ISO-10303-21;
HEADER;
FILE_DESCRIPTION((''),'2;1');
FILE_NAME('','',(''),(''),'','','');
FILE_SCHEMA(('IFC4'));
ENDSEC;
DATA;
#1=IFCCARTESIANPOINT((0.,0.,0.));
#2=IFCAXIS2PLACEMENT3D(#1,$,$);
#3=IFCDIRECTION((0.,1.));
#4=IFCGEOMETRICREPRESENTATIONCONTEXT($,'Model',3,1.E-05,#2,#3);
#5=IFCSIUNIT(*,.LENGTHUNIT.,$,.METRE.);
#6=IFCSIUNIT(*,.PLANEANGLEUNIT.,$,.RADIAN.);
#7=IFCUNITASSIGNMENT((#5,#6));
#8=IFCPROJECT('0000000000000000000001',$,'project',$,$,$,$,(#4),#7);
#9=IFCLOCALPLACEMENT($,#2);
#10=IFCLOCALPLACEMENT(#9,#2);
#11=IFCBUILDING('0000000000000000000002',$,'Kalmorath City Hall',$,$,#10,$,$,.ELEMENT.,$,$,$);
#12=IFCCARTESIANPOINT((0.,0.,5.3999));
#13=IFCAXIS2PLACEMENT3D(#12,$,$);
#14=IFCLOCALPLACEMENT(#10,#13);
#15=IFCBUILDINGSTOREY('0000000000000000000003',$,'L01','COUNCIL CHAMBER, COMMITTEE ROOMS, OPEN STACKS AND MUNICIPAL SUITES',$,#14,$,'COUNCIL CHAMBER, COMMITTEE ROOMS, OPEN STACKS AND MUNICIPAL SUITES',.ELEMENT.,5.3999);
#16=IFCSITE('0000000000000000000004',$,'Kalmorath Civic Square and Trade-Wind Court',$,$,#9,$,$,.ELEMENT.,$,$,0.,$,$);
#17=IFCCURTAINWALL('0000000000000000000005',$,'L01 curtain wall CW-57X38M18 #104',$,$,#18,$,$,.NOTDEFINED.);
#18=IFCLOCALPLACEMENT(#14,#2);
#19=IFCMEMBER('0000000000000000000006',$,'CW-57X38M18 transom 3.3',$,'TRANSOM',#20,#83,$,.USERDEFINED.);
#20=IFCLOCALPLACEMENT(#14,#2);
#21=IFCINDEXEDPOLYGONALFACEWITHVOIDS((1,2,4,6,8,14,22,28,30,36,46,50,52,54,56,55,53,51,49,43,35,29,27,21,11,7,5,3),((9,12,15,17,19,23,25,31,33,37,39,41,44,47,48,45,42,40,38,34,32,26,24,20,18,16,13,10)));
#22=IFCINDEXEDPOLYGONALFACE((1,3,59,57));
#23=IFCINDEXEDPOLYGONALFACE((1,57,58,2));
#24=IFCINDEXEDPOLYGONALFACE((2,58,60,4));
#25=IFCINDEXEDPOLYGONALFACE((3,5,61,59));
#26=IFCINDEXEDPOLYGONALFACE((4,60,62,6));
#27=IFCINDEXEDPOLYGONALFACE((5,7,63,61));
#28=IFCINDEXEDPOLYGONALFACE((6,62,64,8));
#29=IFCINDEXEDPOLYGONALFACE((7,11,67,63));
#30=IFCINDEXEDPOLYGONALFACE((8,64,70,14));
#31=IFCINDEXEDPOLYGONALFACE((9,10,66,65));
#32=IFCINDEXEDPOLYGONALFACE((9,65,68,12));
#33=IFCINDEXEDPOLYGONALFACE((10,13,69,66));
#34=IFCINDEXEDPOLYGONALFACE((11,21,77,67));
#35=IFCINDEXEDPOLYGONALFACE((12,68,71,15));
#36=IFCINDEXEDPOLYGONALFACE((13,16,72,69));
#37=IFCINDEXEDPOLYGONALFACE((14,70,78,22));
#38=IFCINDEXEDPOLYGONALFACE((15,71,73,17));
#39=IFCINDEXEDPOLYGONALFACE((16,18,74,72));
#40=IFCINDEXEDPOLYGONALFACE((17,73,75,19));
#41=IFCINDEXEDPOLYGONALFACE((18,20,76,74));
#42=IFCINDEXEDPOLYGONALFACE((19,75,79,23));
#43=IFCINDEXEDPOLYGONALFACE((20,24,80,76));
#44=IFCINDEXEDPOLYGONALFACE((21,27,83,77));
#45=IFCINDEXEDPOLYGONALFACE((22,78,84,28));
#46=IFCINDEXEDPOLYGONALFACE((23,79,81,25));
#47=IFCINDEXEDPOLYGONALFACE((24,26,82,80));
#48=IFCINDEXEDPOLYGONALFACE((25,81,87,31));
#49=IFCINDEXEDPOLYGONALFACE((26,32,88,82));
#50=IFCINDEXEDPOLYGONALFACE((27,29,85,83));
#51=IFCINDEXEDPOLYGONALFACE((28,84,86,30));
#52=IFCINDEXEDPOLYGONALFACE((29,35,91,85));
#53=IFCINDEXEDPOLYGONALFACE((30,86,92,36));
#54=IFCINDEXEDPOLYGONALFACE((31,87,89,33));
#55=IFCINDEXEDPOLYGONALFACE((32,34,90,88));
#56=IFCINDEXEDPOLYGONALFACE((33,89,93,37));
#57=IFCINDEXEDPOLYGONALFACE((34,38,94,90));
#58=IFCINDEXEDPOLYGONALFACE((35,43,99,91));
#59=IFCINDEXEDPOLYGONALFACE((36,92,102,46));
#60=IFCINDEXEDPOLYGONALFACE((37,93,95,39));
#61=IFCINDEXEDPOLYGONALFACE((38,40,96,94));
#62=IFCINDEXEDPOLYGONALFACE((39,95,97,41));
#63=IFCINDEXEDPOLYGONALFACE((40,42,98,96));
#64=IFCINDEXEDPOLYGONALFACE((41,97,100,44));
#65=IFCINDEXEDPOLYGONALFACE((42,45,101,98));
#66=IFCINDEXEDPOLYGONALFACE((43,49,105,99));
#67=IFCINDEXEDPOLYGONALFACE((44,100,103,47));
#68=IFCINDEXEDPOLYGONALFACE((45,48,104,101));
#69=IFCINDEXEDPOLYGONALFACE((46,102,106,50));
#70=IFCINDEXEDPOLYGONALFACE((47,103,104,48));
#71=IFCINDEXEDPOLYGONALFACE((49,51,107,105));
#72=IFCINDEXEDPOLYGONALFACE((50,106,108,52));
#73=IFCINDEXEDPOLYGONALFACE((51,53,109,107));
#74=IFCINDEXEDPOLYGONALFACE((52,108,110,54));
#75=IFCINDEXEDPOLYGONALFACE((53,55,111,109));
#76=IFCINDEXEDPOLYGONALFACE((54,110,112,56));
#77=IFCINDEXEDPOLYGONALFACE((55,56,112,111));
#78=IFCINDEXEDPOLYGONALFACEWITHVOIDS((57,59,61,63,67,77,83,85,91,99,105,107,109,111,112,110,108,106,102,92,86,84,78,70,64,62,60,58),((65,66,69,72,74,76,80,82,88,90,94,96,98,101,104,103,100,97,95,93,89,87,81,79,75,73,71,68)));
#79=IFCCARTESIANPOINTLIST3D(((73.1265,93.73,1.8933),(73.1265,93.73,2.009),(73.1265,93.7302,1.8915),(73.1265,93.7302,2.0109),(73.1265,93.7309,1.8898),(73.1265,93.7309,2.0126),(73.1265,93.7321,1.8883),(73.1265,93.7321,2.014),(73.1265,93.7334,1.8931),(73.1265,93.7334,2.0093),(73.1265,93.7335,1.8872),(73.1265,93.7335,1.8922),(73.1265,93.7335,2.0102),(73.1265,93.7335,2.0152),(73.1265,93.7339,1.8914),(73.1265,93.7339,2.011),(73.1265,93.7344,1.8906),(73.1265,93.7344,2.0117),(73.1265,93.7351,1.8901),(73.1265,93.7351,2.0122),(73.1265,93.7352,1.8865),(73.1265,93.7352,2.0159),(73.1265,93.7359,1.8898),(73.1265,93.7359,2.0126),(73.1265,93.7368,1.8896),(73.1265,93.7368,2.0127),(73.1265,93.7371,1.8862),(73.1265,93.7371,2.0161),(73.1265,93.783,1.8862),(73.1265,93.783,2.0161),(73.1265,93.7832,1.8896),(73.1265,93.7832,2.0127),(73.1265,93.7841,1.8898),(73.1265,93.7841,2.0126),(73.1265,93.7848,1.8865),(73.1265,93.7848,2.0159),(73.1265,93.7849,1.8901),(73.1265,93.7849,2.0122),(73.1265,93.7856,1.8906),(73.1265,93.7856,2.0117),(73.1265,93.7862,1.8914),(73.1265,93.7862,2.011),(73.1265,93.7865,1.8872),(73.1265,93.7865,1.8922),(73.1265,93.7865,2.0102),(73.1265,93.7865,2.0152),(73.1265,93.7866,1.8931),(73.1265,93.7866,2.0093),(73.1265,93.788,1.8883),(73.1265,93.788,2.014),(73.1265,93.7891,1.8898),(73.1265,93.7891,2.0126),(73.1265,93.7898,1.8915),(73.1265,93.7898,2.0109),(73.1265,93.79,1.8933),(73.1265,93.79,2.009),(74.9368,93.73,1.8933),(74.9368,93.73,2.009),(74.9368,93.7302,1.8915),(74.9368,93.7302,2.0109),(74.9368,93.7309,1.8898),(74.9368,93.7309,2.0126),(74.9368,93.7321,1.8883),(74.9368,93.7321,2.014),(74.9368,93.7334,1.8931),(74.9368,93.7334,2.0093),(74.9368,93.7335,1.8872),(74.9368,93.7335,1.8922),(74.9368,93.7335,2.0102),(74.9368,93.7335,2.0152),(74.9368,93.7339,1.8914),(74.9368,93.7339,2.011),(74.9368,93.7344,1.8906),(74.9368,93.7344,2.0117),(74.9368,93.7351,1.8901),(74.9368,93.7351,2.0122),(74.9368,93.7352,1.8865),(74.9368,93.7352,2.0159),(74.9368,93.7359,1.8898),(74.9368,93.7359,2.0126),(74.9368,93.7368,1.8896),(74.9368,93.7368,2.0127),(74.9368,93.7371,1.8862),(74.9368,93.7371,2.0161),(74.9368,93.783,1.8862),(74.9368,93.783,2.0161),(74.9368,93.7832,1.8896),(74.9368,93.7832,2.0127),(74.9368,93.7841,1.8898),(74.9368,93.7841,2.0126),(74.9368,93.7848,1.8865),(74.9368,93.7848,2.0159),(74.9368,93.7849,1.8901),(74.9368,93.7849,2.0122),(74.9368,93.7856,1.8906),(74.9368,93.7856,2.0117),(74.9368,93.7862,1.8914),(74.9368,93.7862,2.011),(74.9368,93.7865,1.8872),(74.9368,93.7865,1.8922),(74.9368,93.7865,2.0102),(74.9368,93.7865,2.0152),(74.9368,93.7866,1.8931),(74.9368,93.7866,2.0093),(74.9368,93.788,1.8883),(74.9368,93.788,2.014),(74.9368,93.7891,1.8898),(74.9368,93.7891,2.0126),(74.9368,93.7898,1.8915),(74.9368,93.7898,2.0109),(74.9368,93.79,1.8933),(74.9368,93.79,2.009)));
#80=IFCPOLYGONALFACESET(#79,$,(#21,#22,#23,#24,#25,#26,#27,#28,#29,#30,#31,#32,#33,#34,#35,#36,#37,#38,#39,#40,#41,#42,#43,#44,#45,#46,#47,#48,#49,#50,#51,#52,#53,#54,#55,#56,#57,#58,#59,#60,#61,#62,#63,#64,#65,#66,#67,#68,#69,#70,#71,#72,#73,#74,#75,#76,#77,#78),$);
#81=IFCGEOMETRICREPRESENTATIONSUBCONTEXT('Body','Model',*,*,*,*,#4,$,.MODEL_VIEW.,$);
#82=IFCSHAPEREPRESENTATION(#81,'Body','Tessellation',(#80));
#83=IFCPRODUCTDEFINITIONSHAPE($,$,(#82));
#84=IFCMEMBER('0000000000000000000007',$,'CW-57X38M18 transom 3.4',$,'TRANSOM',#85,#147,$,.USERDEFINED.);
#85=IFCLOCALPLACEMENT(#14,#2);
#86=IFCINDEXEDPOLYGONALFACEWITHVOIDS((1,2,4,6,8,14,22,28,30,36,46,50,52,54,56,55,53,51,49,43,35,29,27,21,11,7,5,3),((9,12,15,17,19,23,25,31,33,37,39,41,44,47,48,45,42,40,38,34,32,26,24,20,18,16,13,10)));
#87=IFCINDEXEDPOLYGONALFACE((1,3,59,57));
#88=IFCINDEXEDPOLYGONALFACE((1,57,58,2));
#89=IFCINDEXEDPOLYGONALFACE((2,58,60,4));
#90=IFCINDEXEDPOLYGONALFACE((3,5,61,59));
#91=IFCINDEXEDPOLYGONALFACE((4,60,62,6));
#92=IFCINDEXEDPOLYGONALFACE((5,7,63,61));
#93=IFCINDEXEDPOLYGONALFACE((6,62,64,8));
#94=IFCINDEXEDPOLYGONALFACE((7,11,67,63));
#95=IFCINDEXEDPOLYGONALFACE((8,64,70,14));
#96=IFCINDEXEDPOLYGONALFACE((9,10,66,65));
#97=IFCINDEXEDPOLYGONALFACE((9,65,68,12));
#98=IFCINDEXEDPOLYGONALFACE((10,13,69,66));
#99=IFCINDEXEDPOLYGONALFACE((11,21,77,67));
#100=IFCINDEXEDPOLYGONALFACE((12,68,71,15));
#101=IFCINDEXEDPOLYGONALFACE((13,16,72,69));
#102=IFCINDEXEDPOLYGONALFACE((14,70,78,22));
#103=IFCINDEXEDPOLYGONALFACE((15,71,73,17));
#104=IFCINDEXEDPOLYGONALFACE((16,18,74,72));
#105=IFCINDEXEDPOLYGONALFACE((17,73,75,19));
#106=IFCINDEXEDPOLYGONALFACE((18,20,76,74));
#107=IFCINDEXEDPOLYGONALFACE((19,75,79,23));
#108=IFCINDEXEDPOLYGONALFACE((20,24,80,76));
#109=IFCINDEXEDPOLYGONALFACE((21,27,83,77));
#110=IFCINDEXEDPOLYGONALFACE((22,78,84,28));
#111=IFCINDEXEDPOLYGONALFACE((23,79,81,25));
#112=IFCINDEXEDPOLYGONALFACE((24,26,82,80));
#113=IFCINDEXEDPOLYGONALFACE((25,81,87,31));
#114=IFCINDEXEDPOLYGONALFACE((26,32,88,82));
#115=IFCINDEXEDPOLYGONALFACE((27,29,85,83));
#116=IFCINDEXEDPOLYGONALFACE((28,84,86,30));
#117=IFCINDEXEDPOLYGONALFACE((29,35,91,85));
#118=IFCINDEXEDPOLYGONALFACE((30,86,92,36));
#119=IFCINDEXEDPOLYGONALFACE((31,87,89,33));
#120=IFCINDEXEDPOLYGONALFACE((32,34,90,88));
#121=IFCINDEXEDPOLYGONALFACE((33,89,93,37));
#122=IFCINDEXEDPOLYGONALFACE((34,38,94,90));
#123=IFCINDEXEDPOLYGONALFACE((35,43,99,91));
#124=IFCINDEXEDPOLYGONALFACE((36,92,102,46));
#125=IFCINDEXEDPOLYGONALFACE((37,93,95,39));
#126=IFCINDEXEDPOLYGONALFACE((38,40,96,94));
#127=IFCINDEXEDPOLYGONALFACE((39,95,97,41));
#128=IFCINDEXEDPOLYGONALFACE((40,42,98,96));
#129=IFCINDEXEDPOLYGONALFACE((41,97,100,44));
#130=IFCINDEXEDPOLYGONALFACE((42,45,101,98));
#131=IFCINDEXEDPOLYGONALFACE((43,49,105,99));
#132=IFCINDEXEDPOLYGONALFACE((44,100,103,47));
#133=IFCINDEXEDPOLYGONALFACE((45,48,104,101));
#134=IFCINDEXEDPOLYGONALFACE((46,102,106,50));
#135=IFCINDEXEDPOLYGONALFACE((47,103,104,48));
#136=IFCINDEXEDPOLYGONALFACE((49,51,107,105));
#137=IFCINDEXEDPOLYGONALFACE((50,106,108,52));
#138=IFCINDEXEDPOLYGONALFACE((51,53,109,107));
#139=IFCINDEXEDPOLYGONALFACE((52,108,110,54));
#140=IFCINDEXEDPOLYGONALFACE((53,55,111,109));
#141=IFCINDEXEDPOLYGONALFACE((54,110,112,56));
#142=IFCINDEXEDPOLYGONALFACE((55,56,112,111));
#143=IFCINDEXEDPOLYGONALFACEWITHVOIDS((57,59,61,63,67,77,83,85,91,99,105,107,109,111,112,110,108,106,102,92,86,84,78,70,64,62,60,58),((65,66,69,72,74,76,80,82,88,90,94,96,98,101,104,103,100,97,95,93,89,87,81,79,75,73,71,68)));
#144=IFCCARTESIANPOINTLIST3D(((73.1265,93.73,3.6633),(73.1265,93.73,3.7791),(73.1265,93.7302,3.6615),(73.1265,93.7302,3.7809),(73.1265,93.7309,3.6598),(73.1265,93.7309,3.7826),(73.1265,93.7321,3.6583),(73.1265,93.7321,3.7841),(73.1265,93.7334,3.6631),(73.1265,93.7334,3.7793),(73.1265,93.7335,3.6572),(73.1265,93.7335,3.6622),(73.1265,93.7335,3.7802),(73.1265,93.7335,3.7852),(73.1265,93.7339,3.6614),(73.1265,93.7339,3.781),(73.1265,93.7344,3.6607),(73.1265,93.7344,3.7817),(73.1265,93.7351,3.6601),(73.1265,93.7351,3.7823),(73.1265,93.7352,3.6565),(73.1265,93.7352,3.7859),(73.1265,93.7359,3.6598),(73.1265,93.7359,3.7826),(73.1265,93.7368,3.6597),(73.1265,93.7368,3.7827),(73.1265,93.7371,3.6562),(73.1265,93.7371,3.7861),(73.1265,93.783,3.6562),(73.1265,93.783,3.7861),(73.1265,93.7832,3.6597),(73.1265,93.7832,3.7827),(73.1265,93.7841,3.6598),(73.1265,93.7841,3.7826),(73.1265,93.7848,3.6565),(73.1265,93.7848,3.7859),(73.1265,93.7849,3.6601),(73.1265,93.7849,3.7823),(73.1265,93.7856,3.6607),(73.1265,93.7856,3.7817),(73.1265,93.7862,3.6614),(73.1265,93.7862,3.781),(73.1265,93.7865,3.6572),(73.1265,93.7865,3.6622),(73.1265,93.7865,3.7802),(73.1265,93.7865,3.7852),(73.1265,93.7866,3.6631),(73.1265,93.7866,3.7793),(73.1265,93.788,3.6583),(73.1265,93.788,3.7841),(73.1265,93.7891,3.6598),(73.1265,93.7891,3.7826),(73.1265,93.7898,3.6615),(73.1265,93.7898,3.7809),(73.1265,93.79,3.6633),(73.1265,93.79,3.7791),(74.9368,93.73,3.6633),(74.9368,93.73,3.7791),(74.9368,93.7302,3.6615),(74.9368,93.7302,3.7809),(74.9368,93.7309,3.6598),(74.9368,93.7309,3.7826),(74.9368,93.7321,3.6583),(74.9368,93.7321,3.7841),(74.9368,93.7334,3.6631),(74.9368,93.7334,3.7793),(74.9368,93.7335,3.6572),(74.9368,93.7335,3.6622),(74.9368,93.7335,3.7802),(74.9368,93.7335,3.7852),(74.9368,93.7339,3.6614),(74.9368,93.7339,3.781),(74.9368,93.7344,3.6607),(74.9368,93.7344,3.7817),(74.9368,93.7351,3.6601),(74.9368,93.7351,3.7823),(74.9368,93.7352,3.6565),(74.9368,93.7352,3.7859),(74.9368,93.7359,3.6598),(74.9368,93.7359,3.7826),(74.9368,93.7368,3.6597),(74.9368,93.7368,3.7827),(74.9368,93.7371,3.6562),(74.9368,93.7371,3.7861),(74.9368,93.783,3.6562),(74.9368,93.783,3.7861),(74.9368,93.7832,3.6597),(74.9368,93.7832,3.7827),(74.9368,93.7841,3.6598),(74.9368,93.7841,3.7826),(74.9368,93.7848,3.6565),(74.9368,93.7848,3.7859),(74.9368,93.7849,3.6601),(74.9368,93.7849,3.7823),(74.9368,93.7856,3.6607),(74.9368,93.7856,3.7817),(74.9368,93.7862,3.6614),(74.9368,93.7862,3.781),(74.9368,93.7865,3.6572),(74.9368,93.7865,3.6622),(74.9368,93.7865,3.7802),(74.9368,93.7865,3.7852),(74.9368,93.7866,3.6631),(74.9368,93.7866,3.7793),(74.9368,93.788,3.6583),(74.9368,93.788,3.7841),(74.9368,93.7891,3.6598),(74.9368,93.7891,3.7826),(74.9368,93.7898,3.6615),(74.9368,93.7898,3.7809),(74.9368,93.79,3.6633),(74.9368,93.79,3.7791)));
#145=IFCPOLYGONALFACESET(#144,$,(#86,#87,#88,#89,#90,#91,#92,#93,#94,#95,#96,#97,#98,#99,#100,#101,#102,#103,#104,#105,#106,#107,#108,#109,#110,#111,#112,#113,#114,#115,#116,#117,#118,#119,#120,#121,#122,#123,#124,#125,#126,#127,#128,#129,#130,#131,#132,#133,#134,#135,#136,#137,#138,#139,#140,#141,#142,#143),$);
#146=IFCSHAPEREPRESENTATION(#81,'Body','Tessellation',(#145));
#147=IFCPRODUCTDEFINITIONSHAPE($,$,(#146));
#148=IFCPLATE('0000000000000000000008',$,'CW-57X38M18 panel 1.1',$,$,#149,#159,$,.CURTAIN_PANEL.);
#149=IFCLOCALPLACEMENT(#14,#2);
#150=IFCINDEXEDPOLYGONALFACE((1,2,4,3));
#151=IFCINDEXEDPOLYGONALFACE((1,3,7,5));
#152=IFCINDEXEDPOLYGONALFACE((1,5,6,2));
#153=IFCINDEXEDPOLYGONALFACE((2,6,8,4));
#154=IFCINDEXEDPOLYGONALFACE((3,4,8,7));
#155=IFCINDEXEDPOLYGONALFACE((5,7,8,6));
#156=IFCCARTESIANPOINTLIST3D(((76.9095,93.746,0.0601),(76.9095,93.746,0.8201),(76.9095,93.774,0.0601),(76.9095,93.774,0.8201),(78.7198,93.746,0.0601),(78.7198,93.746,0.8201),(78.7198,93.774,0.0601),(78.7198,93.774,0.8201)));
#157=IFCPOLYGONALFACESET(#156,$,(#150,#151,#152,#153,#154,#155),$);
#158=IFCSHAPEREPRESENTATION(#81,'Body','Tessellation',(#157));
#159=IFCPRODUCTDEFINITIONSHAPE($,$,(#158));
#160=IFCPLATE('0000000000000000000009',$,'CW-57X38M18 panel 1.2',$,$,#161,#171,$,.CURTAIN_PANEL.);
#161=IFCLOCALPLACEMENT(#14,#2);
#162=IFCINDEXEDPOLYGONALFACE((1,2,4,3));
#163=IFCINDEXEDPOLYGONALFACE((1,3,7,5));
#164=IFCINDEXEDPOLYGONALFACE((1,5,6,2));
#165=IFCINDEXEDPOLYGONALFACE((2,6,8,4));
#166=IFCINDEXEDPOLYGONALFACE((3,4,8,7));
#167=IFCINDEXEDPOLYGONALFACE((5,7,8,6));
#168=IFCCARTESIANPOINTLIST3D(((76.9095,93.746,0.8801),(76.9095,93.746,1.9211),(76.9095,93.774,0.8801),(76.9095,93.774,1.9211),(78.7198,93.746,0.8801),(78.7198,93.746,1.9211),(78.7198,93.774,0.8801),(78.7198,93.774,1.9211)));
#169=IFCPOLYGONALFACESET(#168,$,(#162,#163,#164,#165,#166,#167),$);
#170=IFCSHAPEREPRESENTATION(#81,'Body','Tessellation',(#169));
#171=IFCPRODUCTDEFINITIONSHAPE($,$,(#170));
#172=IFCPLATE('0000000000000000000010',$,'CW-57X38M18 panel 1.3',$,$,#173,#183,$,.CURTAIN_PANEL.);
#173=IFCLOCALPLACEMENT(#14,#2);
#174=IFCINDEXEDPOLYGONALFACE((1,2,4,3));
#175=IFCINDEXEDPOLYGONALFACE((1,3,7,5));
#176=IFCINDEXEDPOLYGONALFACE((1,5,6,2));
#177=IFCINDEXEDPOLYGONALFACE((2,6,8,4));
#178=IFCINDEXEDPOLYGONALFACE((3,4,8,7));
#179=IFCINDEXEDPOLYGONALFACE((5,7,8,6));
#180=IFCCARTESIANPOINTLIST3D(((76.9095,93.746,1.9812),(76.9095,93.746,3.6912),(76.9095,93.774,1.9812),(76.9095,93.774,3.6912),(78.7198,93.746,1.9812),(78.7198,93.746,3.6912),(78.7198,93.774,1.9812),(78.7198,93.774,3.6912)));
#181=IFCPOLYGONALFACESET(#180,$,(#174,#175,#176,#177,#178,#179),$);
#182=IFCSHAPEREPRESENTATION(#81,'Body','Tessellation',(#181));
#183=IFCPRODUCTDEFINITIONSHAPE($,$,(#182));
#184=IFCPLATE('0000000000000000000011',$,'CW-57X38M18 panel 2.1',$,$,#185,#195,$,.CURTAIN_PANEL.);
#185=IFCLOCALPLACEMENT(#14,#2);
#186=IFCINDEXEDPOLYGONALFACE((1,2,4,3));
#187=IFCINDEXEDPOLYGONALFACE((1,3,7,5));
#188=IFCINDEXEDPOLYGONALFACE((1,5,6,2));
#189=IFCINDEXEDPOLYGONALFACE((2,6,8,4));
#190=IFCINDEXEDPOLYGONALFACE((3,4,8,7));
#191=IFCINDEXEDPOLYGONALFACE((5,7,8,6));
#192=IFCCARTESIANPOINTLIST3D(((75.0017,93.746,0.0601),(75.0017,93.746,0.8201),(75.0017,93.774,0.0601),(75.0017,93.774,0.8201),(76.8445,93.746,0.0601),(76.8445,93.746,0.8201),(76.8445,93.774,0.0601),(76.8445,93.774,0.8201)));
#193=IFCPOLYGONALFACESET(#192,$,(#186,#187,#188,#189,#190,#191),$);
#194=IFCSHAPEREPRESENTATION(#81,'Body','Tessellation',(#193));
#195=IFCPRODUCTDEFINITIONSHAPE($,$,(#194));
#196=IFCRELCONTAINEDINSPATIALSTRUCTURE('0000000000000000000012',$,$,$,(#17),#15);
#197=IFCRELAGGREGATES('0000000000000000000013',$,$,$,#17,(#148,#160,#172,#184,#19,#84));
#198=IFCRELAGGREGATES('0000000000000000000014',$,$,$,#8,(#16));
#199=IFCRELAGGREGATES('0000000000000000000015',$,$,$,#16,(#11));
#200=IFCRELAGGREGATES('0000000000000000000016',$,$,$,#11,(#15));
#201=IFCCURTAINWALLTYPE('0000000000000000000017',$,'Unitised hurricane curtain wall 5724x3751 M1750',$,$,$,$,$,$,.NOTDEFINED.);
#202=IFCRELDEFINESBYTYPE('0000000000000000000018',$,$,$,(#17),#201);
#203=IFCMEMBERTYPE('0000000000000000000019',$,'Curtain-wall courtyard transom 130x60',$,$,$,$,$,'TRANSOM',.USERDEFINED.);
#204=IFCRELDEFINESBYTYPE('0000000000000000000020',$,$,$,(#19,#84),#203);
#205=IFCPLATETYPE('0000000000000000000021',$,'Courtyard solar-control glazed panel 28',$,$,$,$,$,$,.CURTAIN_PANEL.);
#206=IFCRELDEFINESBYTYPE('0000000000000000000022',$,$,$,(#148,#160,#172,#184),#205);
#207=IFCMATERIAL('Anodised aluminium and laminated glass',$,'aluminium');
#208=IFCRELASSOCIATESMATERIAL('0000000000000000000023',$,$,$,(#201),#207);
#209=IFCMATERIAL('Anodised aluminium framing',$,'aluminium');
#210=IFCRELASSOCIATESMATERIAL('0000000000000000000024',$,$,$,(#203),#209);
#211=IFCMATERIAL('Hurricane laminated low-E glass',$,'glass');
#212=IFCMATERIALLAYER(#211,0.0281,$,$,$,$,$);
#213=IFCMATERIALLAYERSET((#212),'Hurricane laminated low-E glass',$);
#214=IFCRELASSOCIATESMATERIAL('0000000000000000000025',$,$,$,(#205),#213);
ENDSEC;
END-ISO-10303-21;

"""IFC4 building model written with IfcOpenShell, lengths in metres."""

from ifc_helpers import new_model, si_unit, direction, frame, origin, origin_2d, place, context, subcontext, project, spatial, rectangle, hollow_rectangle, extrude, material, layer, layer_set, material_profile, profile_set, type_object, element, aggregate, save


model = new_model("IFC4")

# Units and contexts
model_context = context("Model", 3, precision=1e-05, world=origin(), true_north=direction((0.0, 1.0)))
body_context = subcontext(model_context, "Body", "Model", "MODEL_VIEW")
ifc_project = project(units=[si_unit("LENGTHUNIT", "METRE"), si_unit("PLANEANGLEUNIT", "RADIAN")], contexts=[model_context])

# Site, building, storey
site_placement = place(None, origin())
site = spatial("IfcSite", under=ifc_project, at=site_placement, Name="Kalmorath Civic Square and Trade-Wind Court", CompositionType="ELEMENT", RefElevation=0.0)
building_placement = place(site_placement, origin())
building = spatial("IfcBuilding", under=site, at=building_placement, Name="Kalmorath City Hall", CompositionType="ELEMENT")
storey_placement = place(building_placement, frame((0.0, 0.0, 5.3999)))
storey = spatial("IfcBuildingStorey", under=building, at=storey_placement, Name="L01", Description="COUNCIL CHAMBER, COMMITTEE ROOMS, OPEN STACKS AND MUNICIPAL SUITES", LongName="COUNCIL CHAMBER, COMMITTEE ROOMS, OPEN STACKS AND MUNICIPAL SUITES", CompositionType="ELEMENT", Elevation=5.3999)

# Curtain wall, members, plates
ifc_material_1 = material(Name="Anodised aluminium and laminated glass", Category="aluminium")
curtain_wall_type = type_object("IfcCurtainWallType", Name="Unitised hurricane curtain wall 5724x3751 M1750", PredefinedType="NOTDEFINED", material=ifc_material_1)
curtain_wall_placement = place(storey_placement, origin())
curtain_wall = element("IfcCurtainWall", 1, at=curtain_wall_placement, inside=storey, type_object=curtain_wall_type, Name="L01 curtain wall CW-57X38M18 #104", PredefinedType="NOTDEFINED")
ifc_material_2 = material(Name="Anodised aluminium framing", Category="aluminium")
ifc_material_profile_1 = material_profile(ifc_material_2, hollow_rectangle(XDim=0.0601, YDim=0.1299, WallThickness=0.0034, InnerFilletRadius=0.0034, OuterFilletRadius=0.0071, at=origin_2d()), Name="ALU-TRN-130X60X3.5")
ifc_profile_set_1 = profile_set([ifc_material_profile_1], Name="Anodised aluminium framing")
member_type_1 = type_object("IfcMemberType", Name="Curtain-wall courtyard transom 130x60", ElementType="TRANSOM", PredefinedType="USERDEFINED", material=ifc_profile_set_1)
member_1_placement = place(storey_placement, frame((74.9368, 93.76, 1.9512), z_axis=(-1.0, 0.0, 0.0), x_axis=(0.0, -1.0, 0.0)))
member_1 = element("IfcMember", 2, at=member_1_placement, type_object=member_type_1, Name="CW-57X38M18 transom 3.3", ObjectType="TRANSOM", PredefinedType="USERDEFINED", context=body_context, shape_type="SweptSolid", body=[
    extrude(hollow_rectangle(XDim=0.0601, YDim=0.1299, WallThickness=0.0034, InnerFilletRadius=0.0034, OuterFilletRadius=0.0071, at=origin_2d()), origin(), (0.0, 0.0, 1.0), 1.8103),
])
member_2_placement = place(storey_placement, frame((74.9368, 93.76, 3.7212), z_axis=(-1.0, 0.0, 0.0), x_axis=(0.0, -1.0, 0.0)))
member_2 = element("IfcMember", 3, at=member_2_placement, type_object=member_type_1, Name="CW-57X38M18 transom 3.4", ObjectType="TRANSOM", PredefinedType="USERDEFINED", context=body_context, shape_type="SweptSolid", body=[
    extrude(hollow_rectangle(XDim=0.0601, YDim=0.1299, WallThickness=0.0034, InnerFilletRadius=0.0034, OuterFilletRadius=0.0071, at=origin_2d()), origin(), (0.0, 0.0, 1.0), 1.8103),
])
ifc_material_3 = material(Name="Hurricane laminated low-E glass", Category="glass")
ifc_layer = layer(ifc_material_3, 0.0281)
ifc_layer_set = layer_set([ifc_layer], Name="Hurricane laminated low-E glass")
plate_type = type_object("IfcPlateType", Name="Courtyard solar-control glazed panel 28", PredefinedType="CURTAIN_PANEL", material=ifc_layer_set)
plate_1_placement = place(storey_placement, frame((77.8147, 93.76, 0.0601), z_axis=(0.0, 0.0, 1.0), x_axis=(-1.0, 0.0, 0.0)))
plate_1 = element("IfcPlate", 4, at=plate_1_placement, type_object=plate_type, Name="CW-57X38M18 panel 1.1", PredefinedType="CURTAIN_PANEL", context=body_context, shape_type="SweptSolid", body=[
    extrude(rectangle(XDim=1.8103, YDim=0.0281, at=origin_2d()), origin(), (0.0, 0.0, 1.0), 0.76),
])
plate_2_placement = place(storey_placement, frame((77.8147, 93.76, 0.8801), z_axis=(0.0, 0.0, 1.0), x_axis=(-1.0, 0.0, 0.0)))
plate_2 = element("IfcPlate", 5, at=plate_2_placement, type_object=plate_type, Name="CW-57X38M18 panel 1.2", PredefinedType="CURTAIN_PANEL", context=body_context, shape_type="SweptSolid", body=[
    extrude(rectangle(XDim=1.8103, YDim=0.0281, at=origin_2d()), origin(), (0.0, 0.0, 1.0), 1.041),
])
plate_3_placement = place(storey_placement, frame((77.8147, 93.76, 1.9812), z_axis=(0.0, 0.0, 1.0), x_axis=(-1.0, 0.0, 0.0)))
plate_3 = element("IfcPlate", 6, at=plate_3_placement, type_object=plate_type, Name="CW-57X38M18 panel 1.3", PredefinedType="CURTAIN_PANEL", context=body_context, shape_type="SweptSolid", body=[
    extrude(rectangle(XDim=1.8103, YDim=0.0281, at=origin_2d()), origin(), (0.0, 0.0, 1.0), 1.71),
])
plate_4_placement = place(storey_placement, frame((75.9231, 93.76, 0.0601), z_axis=(0.0, 0.0, 1.0), x_axis=(-1.0, 0.0, 0.0)))
plate_4 = element("IfcPlate", 7, at=plate_4_placement, type_object=plate_type, Name="CW-57X38M18 panel 2.1", PredefinedType="CURTAIN_PANEL", context=body_context, shape_type="SweptSolid", body=[
    extrude(rectangle(XDim=1.8428, YDim=0.0281, at=origin_2d()), origin(), (0.0, 0.0, 1.0), 0.76),
])
aggregate(curtain_wall, [plate_1, plate_2, plate_3, plate_4, member_1, member_2])

save(model, "model.ifc")
